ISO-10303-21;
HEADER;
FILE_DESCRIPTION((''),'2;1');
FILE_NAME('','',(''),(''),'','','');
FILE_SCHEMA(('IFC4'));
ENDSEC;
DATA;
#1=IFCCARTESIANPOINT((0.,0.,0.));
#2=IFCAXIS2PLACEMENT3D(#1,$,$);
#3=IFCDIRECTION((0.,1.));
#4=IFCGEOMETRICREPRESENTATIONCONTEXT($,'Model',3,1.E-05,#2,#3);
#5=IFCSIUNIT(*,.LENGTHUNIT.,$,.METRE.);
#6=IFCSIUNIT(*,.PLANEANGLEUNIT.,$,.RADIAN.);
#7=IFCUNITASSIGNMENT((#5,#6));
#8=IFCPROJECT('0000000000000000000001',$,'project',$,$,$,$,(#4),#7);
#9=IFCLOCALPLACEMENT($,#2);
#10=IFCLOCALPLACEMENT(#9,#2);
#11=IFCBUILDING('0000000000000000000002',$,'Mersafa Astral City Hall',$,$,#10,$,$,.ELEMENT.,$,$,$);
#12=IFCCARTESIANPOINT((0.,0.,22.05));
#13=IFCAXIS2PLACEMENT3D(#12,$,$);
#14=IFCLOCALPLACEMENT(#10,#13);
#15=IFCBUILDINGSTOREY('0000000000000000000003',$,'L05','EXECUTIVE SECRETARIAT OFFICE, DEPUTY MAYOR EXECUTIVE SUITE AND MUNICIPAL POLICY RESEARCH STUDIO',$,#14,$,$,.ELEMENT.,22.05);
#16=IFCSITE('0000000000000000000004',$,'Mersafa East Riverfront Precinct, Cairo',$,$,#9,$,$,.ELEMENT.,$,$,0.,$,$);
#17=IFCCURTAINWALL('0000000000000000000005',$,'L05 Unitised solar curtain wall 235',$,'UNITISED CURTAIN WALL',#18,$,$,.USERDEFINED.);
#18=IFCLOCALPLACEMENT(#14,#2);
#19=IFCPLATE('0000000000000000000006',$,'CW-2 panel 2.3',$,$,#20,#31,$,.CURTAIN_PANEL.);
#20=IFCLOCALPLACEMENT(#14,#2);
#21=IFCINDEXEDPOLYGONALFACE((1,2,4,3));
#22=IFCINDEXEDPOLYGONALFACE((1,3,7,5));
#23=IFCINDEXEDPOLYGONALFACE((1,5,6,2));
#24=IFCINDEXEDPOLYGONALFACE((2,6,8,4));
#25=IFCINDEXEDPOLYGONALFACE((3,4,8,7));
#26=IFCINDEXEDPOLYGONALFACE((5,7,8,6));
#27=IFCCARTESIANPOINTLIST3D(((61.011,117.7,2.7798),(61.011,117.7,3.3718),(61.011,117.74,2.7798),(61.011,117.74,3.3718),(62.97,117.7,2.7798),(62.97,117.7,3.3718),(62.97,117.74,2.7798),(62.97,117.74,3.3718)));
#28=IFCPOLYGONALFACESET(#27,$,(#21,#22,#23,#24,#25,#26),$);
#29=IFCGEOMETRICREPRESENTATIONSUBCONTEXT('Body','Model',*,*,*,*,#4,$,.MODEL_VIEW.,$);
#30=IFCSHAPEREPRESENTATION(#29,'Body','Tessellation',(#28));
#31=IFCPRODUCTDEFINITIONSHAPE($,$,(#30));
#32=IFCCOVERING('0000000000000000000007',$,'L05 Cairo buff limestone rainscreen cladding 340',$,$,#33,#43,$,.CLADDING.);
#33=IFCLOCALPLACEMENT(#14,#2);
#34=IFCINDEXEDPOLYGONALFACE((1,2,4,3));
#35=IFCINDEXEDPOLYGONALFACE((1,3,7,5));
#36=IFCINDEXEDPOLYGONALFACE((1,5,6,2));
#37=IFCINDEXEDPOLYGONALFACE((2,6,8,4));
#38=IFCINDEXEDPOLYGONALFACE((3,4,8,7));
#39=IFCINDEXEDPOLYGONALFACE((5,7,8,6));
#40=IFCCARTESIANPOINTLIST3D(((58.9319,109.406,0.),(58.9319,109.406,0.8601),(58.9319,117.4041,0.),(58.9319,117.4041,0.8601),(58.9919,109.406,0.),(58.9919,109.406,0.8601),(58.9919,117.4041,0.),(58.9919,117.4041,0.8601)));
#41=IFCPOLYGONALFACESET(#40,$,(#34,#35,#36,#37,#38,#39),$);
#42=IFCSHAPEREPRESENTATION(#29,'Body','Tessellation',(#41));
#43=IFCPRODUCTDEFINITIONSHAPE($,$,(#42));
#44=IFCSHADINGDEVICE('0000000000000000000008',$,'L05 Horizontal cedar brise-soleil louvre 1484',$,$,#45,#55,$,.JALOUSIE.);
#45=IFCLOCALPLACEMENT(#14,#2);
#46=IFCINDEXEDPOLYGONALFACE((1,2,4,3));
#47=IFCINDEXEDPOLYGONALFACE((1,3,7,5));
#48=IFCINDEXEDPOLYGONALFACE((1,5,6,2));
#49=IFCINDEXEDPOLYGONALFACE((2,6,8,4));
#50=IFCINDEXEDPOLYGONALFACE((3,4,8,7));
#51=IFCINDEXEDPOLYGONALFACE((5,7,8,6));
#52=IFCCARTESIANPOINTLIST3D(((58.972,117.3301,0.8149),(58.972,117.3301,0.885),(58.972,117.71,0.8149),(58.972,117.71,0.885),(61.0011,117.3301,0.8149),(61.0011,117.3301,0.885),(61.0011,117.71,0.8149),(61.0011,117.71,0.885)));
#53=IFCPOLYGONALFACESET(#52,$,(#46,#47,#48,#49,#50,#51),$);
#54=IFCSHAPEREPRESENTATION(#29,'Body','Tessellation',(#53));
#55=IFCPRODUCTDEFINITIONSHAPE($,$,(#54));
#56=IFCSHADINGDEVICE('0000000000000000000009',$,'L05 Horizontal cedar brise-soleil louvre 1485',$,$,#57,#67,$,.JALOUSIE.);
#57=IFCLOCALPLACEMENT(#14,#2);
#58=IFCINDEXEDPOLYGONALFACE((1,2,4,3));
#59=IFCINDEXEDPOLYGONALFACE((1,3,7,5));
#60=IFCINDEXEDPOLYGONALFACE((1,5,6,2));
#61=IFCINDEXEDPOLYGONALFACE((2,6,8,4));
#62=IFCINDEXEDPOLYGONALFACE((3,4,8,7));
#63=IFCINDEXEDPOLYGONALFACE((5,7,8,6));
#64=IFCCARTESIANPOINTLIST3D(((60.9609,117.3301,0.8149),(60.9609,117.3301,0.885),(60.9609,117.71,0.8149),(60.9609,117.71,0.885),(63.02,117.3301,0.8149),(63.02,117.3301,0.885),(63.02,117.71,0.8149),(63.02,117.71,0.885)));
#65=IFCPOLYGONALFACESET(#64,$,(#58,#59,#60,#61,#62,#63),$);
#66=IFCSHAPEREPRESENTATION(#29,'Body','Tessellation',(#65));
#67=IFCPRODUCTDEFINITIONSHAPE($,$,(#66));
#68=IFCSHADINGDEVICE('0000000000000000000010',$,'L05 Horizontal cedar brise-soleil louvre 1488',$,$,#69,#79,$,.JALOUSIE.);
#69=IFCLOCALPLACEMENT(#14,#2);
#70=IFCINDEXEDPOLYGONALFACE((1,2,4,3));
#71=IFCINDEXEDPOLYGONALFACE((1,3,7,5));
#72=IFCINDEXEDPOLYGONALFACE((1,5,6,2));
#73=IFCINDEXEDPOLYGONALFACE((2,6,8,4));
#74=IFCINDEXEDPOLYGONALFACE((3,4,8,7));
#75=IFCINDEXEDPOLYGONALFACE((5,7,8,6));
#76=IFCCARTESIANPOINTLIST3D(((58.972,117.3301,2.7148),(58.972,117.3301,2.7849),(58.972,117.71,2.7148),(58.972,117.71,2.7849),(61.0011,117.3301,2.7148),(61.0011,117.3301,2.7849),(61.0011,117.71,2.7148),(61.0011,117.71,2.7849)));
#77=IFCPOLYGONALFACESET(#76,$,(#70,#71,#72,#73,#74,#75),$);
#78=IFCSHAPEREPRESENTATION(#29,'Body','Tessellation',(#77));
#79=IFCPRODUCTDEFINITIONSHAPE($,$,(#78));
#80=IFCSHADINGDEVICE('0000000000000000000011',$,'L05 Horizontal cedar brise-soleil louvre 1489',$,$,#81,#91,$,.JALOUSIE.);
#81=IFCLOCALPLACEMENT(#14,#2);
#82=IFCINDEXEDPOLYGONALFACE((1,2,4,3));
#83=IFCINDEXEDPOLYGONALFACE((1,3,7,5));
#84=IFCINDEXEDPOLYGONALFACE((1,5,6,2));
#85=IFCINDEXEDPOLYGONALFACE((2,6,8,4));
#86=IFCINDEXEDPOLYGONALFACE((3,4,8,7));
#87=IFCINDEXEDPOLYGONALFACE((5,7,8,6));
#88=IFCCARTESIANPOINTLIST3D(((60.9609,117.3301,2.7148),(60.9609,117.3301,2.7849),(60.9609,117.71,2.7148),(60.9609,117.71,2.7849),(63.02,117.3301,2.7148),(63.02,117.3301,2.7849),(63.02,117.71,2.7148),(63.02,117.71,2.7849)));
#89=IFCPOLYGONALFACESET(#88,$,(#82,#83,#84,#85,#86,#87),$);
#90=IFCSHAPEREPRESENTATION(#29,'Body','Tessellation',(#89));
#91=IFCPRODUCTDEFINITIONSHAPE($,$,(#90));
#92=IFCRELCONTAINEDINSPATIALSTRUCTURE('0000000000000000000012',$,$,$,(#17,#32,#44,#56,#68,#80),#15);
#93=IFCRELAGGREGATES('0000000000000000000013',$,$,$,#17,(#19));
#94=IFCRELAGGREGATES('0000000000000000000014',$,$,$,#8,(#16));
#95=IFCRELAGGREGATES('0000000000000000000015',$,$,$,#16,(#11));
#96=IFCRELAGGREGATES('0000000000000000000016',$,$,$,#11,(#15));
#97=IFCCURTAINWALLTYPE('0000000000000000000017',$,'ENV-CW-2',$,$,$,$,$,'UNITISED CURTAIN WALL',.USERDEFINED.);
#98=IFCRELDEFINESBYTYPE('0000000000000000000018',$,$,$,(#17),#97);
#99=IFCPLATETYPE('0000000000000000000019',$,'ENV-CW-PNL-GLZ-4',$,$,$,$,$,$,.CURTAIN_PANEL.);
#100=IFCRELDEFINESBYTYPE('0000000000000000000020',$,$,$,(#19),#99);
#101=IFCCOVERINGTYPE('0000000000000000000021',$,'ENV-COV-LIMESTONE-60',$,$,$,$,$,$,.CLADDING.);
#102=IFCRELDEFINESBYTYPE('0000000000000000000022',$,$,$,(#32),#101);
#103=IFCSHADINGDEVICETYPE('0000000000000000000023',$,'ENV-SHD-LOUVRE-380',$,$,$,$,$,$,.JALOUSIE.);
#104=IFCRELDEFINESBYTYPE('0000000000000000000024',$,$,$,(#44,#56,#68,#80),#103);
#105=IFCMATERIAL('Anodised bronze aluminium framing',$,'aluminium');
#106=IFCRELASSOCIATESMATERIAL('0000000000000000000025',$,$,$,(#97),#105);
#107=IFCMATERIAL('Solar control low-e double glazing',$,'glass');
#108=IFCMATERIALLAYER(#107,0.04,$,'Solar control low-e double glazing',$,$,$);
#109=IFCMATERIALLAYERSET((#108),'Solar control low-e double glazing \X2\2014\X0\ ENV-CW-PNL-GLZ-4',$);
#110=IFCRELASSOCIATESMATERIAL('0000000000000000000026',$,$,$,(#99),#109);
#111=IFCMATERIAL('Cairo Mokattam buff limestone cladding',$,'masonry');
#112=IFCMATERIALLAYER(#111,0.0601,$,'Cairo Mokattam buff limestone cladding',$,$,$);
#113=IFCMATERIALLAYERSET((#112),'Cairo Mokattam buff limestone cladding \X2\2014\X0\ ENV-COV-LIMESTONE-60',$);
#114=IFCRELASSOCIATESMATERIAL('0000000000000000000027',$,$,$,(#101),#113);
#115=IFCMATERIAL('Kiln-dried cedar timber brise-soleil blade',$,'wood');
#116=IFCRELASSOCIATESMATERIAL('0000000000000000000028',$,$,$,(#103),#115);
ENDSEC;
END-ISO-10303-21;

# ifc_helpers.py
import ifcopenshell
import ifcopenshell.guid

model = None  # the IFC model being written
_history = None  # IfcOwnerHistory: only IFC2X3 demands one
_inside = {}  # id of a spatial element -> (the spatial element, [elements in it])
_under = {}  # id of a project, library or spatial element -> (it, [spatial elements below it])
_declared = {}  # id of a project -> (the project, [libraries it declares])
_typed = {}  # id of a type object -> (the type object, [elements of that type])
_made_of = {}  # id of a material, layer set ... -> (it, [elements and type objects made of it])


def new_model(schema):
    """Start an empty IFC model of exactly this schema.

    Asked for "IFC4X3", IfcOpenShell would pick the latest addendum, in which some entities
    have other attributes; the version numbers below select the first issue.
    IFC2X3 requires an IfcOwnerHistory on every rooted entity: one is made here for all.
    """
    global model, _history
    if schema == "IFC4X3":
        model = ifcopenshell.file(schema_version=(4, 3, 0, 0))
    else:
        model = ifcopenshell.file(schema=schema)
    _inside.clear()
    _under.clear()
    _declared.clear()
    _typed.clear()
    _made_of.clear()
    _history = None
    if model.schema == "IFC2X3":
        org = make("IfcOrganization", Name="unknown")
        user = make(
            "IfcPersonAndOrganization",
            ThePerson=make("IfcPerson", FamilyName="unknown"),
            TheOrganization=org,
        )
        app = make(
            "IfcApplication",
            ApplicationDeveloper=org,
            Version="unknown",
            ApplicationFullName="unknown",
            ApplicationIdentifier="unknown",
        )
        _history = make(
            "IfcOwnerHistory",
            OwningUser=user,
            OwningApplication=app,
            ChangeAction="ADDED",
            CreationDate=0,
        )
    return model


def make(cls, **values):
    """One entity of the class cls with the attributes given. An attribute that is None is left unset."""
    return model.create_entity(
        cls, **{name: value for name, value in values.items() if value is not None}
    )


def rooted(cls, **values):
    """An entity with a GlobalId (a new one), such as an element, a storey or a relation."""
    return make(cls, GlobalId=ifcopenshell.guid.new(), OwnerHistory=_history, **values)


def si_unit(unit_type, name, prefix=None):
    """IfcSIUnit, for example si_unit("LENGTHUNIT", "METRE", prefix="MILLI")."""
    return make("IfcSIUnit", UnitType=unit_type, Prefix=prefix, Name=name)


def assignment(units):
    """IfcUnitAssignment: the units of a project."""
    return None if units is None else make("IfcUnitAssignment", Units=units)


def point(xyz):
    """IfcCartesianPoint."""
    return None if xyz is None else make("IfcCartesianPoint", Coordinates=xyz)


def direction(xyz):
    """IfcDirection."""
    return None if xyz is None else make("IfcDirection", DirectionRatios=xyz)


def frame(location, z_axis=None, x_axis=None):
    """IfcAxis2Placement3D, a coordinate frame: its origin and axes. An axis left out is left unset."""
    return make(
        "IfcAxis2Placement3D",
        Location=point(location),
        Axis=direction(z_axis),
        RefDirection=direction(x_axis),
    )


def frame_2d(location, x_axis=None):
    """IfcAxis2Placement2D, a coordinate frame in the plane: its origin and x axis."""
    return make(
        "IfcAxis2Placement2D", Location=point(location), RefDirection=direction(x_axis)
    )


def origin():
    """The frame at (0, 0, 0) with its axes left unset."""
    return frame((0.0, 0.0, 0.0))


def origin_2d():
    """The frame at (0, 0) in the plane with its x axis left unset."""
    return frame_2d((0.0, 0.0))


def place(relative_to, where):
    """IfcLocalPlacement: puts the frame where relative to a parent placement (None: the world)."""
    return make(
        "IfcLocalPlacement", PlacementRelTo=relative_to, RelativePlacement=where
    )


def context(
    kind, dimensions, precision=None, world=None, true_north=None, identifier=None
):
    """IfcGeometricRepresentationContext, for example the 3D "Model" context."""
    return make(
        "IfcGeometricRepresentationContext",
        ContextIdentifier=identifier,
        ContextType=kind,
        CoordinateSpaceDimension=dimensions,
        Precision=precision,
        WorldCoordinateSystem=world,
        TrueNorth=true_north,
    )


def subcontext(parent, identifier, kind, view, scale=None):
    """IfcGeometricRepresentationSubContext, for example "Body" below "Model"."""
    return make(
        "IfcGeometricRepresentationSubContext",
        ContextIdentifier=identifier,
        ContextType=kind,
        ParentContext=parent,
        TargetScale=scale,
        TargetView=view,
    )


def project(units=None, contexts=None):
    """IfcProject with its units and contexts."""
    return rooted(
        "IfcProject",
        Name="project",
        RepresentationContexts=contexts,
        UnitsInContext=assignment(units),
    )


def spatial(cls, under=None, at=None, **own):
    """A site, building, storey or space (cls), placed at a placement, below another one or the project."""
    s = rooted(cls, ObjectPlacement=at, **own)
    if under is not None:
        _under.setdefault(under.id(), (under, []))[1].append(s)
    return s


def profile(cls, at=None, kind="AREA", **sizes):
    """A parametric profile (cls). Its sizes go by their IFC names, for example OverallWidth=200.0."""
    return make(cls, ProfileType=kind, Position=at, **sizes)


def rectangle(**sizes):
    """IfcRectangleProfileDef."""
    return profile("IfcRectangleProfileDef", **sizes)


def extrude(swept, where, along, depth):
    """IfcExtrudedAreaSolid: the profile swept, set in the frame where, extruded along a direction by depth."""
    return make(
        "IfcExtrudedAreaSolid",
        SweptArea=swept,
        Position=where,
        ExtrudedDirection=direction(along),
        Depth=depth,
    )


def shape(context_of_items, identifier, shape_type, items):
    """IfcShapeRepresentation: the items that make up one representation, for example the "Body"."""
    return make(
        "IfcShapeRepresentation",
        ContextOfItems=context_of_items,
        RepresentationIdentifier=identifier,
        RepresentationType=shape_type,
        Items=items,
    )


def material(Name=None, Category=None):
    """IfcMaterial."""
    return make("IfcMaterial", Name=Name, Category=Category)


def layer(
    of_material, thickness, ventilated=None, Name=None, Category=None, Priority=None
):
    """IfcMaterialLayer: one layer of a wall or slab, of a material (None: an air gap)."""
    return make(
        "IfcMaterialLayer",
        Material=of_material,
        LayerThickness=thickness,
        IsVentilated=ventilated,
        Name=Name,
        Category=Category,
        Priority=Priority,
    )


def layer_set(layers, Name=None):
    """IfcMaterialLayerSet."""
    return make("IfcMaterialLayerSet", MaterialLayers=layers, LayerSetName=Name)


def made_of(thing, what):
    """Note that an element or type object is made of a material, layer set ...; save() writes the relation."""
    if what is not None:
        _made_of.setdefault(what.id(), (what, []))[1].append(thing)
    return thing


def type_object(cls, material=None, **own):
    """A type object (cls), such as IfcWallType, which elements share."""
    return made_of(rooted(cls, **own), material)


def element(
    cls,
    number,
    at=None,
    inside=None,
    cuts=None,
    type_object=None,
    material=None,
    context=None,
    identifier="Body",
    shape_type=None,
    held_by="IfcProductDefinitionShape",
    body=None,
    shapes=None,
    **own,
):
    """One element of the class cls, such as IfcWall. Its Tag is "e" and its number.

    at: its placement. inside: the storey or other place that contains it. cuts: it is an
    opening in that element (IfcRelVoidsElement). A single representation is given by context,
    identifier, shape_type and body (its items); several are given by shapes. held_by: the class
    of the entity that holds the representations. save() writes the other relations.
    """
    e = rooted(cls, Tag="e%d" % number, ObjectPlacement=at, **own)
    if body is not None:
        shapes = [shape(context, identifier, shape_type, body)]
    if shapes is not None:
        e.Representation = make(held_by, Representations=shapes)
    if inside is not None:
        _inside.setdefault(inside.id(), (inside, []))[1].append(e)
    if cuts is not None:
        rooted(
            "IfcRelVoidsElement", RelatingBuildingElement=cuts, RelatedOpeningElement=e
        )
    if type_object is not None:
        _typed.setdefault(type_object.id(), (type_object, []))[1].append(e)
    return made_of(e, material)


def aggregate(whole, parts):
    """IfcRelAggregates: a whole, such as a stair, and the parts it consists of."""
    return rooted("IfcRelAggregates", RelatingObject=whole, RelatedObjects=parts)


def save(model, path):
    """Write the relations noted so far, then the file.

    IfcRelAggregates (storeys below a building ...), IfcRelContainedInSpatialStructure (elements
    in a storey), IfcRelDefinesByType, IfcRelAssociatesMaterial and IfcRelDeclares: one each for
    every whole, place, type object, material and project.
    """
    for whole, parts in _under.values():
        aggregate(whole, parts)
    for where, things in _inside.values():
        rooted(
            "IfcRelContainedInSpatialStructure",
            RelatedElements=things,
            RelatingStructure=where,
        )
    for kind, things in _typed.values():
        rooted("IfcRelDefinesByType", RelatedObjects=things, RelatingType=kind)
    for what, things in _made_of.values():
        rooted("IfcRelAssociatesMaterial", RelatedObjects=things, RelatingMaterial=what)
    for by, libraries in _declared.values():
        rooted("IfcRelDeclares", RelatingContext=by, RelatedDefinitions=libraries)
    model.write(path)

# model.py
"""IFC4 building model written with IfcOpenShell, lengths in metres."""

from ifc_helpers import new_model, si_unit, direction, frame, origin, origin_2d, place, context, subcontext, project, spatial, rectangle, extrude, material, layer, layer_set, type_object, element, aggregate, save


model = new_model("IFC4")

# Units and contexts
model_context = context("Model", 3, precision=1e-05, world=origin(), true_north=direction((0.0, 1.0)))
body_context = subcontext(model_context, "Body", "Model", "MODEL_VIEW")
ifc_project = project(units=[si_unit("LENGTHUNIT", "METRE"), si_unit("PLANEANGLEUNIT", "RADIAN")], contexts=[model_context])

# Site, building, storey
site_placement = place(None, origin())
site = spatial("IfcSite", under=ifc_project, at=site_placement, Name="Mersafa East Riverfront Precinct, Cairo", CompositionType="ELEMENT", RefElevation=0.0)
building_placement = place(site_placement, origin())
building = spatial("IfcBuilding", under=site, at=building_placement, Name="Mersafa Astral City Hall", CompositionType="ELEMENT")
storey_placement = place(building_placement, frame((0.0, 0.0, 22.05)))
storey = spatial("IfcBuildingStorey", under=building, at=storey_placement, Name="L05", Description="EXECUTIVE SECRETARIAT OFFICE, DEPUTY MAYOR EXECUTIVE SUITE AND MUNICIPAL POLICY RESEARCH STUDIO", CompositionType="ELEMENT", Elevation=22.05)

# Curtain wall
ifc_material_1 = material(Name="Anodised bronze aluminium framing", Category="aluminium")
curtain_wall_type = type_object("IfcCurtainWallType", Name="ENV-CW-2", ElementType="UNITISED CURTAIN WALL", PredefinedType="USERDEFINED", material=ifc_material_1)
curtain_wall_placement = place(storey_placement, origin())
curtain_wall = element("IfcCurtainWall", 1, at=curtain_wall_placement, inside=storey, type_object=curtain_wall_type, Name="L05 Unitised solar curtain wall 235", ObjectType="UNITISED CURTAIN WALL", PredefinedType="USERDEFINED")

# Plate
ifc_material_2 = material(Name="Solar control low-e double glazing", Category="glass")
ifc_layer_1 = layer(ifc_material_2, 0.04, Name="Solar control low-e double glazing")
ifc_layer_set_1 = layer_set([ifc_layer_1], Name="Solar control low-e double glazing — ENV-CW-PNL-GLZ-4")
plate_type = type_object("IfcPlateType", Name="ENV-CW-PNL-GLZ-4", PredefinedType="CURTAIN_PANEL", material=ifc_layer_set_1)
plate_1_placement = place(storey_placement, frame((61.9905, 117.72, 2.7798), z_axis=(0.0, 0.0, 1.0), x_axis=(1.0, 0.0, 0.0)))
plate_1 = element("IfcPlate", 2, at=plate_1_placement, type_object=plate_type, Name="CW-2 panel 2.3", PredefinedType="CURTAIN_PANEL", context=body_context, shape_type="SweptSolid", body=[
    extrude(rectangle(XDim=1.959, YDim=0.04, at=origin_2d()), origin(), (0.0, 0.0, 1.0), 0.592),
])
aggregate(curtain_wall, [plate_1])

# Covering
ifc_material_3 = material(Name="Cairo Mokattam buff limestone cladding", Category="masonry")
ifc_layer_2 = layer(ifc_material_3, 0.0601, Name="Cairo Mokattam buff limestone cladding")
ifc_layer_set_2 = layer_set([ifc_layer_2], Name="Cairo Mokattam buff limestone cladding — ENV-COV-LIMESTONE-60")
covering_type = type_object("IfcCoveringType", Name="ENV-COV-LIMESTONE-60", PredefinedType="CLADDING", material=ifc_layer_set_2)
covering_placement = place(storey_placement, frame((58.9619, 113.405, 0.0), z_axis=(0.0, 0.0, 1.0), x_axis=(0.0, 1.0, 0.0)))
element("IfcCovering", 3, at=covering_placement, inside=storey, type_object=covering_type, Name="L05 Cairo buff limestone rainscreen cladding 340", PredefinedType="CLADDING", context=body_context, shape_type="SweptSolid", body=[
    extrude(rectangle(XDim=7.998, YDim=0.0601, at=origin_2d()), origin(), (0.0, 0.0, 1.0), 0.8601),
])

# Shading devices
ifc_material_4 = material(Name="Kiln-dried cedar timber brise-soleil blade", Category="wood")
shading_device_type = type_object("IfcShadingDeviceType", Name="ENV-SHD-LOUVRE-380", PredefinedType="JALOUSIE", material=ifc_material_4)
shading_device_1_placement = place(storey_placement, frame((59.9866, 117.52, 0.8149), z_axis=(0.0, 0.0, 1.0), x_axis=(1.0, 0.0, 0.0)))
element("IfcShadingDevice", 4, at=shading_device_1_placement, inside=storey, type_object=shading_device_type, Name="L05 Horizontal cedar brise-soleil louvre 1484", PredefinedType="JALOUSIE", context=body_context, shape_type="SweptSolid", body=[
    extrude(rectangle(XDim=2.0291, YDim=0.3799, at=origin_2d()), origin(), (0.0, 0.0, 1.0), 0.0701),
])
shading_device_2_placement = place(storey_placement, frame((61.9905, 117.52, 0.8149), z_axis=(0.0, 0.0, 1.0), x_axis=(1.0, 0.0, 0.0)))
element("IfcShadingDevice", 5, at=shading_device_2_placement, inside=storey, type_object=shading_device_type, Name="L05 Horizontal cedar brise-soleil louvre 1485", PredefinedType="JALOUSIE", context=body_context, shape_type="SweptSolid", body=[
    extrude(rectangle(XDim=2.0591, YDim=0.3799, at=origin_2d()), origin(), (0.0, 0.0, 1.0), 0.0701),
])
shading_device_3_placement = place(storey_placement, frame((59.9866, 117.52, 2.7148), z_axis=(0.0, 0.0, 1.0), x_axis=(1.0, 0.0, 0.0)))
element("IfcShadingDevice", 6, at=shading_device_3_placement, inside=storey, type_object=shading_device_type, Name="L05 Horizontal cedar brise-soleil louvre 1488", PredefinedType="JALOUSIE", context=body_context, shape_type="SweptSolid", body=[
    extrude(rectangle(XDim=2.0291, YDim=0.3799, at=origin_2d()), origin(), (0.0, 0.0, 1.0), 0.0701),
])
shading_device_4_placement = place(storey_placement, frame((61.9905, 117.52, 2.7148), z_axis=(0.0, 0.0, 1.0), x_axis=(1.0, 0.0, 0.0)))
element("IfcShadingDevice", 7, at=shading_device_4_placement, inside=storey, type_object=shading_device_type, Name="L05 Horizontal cedar brise-soleil louvre 1489", PredefinedType="JALOUSIE", context=body_context, shape_type="SweptSolid", body=[
    extrude(rectangle(XDim=2.0591, YDim=0.3799, at=origin_2d()), origin(), (0.0, 0.0, 1.0), 0.0701),
])

save(model, "model.ifc")
